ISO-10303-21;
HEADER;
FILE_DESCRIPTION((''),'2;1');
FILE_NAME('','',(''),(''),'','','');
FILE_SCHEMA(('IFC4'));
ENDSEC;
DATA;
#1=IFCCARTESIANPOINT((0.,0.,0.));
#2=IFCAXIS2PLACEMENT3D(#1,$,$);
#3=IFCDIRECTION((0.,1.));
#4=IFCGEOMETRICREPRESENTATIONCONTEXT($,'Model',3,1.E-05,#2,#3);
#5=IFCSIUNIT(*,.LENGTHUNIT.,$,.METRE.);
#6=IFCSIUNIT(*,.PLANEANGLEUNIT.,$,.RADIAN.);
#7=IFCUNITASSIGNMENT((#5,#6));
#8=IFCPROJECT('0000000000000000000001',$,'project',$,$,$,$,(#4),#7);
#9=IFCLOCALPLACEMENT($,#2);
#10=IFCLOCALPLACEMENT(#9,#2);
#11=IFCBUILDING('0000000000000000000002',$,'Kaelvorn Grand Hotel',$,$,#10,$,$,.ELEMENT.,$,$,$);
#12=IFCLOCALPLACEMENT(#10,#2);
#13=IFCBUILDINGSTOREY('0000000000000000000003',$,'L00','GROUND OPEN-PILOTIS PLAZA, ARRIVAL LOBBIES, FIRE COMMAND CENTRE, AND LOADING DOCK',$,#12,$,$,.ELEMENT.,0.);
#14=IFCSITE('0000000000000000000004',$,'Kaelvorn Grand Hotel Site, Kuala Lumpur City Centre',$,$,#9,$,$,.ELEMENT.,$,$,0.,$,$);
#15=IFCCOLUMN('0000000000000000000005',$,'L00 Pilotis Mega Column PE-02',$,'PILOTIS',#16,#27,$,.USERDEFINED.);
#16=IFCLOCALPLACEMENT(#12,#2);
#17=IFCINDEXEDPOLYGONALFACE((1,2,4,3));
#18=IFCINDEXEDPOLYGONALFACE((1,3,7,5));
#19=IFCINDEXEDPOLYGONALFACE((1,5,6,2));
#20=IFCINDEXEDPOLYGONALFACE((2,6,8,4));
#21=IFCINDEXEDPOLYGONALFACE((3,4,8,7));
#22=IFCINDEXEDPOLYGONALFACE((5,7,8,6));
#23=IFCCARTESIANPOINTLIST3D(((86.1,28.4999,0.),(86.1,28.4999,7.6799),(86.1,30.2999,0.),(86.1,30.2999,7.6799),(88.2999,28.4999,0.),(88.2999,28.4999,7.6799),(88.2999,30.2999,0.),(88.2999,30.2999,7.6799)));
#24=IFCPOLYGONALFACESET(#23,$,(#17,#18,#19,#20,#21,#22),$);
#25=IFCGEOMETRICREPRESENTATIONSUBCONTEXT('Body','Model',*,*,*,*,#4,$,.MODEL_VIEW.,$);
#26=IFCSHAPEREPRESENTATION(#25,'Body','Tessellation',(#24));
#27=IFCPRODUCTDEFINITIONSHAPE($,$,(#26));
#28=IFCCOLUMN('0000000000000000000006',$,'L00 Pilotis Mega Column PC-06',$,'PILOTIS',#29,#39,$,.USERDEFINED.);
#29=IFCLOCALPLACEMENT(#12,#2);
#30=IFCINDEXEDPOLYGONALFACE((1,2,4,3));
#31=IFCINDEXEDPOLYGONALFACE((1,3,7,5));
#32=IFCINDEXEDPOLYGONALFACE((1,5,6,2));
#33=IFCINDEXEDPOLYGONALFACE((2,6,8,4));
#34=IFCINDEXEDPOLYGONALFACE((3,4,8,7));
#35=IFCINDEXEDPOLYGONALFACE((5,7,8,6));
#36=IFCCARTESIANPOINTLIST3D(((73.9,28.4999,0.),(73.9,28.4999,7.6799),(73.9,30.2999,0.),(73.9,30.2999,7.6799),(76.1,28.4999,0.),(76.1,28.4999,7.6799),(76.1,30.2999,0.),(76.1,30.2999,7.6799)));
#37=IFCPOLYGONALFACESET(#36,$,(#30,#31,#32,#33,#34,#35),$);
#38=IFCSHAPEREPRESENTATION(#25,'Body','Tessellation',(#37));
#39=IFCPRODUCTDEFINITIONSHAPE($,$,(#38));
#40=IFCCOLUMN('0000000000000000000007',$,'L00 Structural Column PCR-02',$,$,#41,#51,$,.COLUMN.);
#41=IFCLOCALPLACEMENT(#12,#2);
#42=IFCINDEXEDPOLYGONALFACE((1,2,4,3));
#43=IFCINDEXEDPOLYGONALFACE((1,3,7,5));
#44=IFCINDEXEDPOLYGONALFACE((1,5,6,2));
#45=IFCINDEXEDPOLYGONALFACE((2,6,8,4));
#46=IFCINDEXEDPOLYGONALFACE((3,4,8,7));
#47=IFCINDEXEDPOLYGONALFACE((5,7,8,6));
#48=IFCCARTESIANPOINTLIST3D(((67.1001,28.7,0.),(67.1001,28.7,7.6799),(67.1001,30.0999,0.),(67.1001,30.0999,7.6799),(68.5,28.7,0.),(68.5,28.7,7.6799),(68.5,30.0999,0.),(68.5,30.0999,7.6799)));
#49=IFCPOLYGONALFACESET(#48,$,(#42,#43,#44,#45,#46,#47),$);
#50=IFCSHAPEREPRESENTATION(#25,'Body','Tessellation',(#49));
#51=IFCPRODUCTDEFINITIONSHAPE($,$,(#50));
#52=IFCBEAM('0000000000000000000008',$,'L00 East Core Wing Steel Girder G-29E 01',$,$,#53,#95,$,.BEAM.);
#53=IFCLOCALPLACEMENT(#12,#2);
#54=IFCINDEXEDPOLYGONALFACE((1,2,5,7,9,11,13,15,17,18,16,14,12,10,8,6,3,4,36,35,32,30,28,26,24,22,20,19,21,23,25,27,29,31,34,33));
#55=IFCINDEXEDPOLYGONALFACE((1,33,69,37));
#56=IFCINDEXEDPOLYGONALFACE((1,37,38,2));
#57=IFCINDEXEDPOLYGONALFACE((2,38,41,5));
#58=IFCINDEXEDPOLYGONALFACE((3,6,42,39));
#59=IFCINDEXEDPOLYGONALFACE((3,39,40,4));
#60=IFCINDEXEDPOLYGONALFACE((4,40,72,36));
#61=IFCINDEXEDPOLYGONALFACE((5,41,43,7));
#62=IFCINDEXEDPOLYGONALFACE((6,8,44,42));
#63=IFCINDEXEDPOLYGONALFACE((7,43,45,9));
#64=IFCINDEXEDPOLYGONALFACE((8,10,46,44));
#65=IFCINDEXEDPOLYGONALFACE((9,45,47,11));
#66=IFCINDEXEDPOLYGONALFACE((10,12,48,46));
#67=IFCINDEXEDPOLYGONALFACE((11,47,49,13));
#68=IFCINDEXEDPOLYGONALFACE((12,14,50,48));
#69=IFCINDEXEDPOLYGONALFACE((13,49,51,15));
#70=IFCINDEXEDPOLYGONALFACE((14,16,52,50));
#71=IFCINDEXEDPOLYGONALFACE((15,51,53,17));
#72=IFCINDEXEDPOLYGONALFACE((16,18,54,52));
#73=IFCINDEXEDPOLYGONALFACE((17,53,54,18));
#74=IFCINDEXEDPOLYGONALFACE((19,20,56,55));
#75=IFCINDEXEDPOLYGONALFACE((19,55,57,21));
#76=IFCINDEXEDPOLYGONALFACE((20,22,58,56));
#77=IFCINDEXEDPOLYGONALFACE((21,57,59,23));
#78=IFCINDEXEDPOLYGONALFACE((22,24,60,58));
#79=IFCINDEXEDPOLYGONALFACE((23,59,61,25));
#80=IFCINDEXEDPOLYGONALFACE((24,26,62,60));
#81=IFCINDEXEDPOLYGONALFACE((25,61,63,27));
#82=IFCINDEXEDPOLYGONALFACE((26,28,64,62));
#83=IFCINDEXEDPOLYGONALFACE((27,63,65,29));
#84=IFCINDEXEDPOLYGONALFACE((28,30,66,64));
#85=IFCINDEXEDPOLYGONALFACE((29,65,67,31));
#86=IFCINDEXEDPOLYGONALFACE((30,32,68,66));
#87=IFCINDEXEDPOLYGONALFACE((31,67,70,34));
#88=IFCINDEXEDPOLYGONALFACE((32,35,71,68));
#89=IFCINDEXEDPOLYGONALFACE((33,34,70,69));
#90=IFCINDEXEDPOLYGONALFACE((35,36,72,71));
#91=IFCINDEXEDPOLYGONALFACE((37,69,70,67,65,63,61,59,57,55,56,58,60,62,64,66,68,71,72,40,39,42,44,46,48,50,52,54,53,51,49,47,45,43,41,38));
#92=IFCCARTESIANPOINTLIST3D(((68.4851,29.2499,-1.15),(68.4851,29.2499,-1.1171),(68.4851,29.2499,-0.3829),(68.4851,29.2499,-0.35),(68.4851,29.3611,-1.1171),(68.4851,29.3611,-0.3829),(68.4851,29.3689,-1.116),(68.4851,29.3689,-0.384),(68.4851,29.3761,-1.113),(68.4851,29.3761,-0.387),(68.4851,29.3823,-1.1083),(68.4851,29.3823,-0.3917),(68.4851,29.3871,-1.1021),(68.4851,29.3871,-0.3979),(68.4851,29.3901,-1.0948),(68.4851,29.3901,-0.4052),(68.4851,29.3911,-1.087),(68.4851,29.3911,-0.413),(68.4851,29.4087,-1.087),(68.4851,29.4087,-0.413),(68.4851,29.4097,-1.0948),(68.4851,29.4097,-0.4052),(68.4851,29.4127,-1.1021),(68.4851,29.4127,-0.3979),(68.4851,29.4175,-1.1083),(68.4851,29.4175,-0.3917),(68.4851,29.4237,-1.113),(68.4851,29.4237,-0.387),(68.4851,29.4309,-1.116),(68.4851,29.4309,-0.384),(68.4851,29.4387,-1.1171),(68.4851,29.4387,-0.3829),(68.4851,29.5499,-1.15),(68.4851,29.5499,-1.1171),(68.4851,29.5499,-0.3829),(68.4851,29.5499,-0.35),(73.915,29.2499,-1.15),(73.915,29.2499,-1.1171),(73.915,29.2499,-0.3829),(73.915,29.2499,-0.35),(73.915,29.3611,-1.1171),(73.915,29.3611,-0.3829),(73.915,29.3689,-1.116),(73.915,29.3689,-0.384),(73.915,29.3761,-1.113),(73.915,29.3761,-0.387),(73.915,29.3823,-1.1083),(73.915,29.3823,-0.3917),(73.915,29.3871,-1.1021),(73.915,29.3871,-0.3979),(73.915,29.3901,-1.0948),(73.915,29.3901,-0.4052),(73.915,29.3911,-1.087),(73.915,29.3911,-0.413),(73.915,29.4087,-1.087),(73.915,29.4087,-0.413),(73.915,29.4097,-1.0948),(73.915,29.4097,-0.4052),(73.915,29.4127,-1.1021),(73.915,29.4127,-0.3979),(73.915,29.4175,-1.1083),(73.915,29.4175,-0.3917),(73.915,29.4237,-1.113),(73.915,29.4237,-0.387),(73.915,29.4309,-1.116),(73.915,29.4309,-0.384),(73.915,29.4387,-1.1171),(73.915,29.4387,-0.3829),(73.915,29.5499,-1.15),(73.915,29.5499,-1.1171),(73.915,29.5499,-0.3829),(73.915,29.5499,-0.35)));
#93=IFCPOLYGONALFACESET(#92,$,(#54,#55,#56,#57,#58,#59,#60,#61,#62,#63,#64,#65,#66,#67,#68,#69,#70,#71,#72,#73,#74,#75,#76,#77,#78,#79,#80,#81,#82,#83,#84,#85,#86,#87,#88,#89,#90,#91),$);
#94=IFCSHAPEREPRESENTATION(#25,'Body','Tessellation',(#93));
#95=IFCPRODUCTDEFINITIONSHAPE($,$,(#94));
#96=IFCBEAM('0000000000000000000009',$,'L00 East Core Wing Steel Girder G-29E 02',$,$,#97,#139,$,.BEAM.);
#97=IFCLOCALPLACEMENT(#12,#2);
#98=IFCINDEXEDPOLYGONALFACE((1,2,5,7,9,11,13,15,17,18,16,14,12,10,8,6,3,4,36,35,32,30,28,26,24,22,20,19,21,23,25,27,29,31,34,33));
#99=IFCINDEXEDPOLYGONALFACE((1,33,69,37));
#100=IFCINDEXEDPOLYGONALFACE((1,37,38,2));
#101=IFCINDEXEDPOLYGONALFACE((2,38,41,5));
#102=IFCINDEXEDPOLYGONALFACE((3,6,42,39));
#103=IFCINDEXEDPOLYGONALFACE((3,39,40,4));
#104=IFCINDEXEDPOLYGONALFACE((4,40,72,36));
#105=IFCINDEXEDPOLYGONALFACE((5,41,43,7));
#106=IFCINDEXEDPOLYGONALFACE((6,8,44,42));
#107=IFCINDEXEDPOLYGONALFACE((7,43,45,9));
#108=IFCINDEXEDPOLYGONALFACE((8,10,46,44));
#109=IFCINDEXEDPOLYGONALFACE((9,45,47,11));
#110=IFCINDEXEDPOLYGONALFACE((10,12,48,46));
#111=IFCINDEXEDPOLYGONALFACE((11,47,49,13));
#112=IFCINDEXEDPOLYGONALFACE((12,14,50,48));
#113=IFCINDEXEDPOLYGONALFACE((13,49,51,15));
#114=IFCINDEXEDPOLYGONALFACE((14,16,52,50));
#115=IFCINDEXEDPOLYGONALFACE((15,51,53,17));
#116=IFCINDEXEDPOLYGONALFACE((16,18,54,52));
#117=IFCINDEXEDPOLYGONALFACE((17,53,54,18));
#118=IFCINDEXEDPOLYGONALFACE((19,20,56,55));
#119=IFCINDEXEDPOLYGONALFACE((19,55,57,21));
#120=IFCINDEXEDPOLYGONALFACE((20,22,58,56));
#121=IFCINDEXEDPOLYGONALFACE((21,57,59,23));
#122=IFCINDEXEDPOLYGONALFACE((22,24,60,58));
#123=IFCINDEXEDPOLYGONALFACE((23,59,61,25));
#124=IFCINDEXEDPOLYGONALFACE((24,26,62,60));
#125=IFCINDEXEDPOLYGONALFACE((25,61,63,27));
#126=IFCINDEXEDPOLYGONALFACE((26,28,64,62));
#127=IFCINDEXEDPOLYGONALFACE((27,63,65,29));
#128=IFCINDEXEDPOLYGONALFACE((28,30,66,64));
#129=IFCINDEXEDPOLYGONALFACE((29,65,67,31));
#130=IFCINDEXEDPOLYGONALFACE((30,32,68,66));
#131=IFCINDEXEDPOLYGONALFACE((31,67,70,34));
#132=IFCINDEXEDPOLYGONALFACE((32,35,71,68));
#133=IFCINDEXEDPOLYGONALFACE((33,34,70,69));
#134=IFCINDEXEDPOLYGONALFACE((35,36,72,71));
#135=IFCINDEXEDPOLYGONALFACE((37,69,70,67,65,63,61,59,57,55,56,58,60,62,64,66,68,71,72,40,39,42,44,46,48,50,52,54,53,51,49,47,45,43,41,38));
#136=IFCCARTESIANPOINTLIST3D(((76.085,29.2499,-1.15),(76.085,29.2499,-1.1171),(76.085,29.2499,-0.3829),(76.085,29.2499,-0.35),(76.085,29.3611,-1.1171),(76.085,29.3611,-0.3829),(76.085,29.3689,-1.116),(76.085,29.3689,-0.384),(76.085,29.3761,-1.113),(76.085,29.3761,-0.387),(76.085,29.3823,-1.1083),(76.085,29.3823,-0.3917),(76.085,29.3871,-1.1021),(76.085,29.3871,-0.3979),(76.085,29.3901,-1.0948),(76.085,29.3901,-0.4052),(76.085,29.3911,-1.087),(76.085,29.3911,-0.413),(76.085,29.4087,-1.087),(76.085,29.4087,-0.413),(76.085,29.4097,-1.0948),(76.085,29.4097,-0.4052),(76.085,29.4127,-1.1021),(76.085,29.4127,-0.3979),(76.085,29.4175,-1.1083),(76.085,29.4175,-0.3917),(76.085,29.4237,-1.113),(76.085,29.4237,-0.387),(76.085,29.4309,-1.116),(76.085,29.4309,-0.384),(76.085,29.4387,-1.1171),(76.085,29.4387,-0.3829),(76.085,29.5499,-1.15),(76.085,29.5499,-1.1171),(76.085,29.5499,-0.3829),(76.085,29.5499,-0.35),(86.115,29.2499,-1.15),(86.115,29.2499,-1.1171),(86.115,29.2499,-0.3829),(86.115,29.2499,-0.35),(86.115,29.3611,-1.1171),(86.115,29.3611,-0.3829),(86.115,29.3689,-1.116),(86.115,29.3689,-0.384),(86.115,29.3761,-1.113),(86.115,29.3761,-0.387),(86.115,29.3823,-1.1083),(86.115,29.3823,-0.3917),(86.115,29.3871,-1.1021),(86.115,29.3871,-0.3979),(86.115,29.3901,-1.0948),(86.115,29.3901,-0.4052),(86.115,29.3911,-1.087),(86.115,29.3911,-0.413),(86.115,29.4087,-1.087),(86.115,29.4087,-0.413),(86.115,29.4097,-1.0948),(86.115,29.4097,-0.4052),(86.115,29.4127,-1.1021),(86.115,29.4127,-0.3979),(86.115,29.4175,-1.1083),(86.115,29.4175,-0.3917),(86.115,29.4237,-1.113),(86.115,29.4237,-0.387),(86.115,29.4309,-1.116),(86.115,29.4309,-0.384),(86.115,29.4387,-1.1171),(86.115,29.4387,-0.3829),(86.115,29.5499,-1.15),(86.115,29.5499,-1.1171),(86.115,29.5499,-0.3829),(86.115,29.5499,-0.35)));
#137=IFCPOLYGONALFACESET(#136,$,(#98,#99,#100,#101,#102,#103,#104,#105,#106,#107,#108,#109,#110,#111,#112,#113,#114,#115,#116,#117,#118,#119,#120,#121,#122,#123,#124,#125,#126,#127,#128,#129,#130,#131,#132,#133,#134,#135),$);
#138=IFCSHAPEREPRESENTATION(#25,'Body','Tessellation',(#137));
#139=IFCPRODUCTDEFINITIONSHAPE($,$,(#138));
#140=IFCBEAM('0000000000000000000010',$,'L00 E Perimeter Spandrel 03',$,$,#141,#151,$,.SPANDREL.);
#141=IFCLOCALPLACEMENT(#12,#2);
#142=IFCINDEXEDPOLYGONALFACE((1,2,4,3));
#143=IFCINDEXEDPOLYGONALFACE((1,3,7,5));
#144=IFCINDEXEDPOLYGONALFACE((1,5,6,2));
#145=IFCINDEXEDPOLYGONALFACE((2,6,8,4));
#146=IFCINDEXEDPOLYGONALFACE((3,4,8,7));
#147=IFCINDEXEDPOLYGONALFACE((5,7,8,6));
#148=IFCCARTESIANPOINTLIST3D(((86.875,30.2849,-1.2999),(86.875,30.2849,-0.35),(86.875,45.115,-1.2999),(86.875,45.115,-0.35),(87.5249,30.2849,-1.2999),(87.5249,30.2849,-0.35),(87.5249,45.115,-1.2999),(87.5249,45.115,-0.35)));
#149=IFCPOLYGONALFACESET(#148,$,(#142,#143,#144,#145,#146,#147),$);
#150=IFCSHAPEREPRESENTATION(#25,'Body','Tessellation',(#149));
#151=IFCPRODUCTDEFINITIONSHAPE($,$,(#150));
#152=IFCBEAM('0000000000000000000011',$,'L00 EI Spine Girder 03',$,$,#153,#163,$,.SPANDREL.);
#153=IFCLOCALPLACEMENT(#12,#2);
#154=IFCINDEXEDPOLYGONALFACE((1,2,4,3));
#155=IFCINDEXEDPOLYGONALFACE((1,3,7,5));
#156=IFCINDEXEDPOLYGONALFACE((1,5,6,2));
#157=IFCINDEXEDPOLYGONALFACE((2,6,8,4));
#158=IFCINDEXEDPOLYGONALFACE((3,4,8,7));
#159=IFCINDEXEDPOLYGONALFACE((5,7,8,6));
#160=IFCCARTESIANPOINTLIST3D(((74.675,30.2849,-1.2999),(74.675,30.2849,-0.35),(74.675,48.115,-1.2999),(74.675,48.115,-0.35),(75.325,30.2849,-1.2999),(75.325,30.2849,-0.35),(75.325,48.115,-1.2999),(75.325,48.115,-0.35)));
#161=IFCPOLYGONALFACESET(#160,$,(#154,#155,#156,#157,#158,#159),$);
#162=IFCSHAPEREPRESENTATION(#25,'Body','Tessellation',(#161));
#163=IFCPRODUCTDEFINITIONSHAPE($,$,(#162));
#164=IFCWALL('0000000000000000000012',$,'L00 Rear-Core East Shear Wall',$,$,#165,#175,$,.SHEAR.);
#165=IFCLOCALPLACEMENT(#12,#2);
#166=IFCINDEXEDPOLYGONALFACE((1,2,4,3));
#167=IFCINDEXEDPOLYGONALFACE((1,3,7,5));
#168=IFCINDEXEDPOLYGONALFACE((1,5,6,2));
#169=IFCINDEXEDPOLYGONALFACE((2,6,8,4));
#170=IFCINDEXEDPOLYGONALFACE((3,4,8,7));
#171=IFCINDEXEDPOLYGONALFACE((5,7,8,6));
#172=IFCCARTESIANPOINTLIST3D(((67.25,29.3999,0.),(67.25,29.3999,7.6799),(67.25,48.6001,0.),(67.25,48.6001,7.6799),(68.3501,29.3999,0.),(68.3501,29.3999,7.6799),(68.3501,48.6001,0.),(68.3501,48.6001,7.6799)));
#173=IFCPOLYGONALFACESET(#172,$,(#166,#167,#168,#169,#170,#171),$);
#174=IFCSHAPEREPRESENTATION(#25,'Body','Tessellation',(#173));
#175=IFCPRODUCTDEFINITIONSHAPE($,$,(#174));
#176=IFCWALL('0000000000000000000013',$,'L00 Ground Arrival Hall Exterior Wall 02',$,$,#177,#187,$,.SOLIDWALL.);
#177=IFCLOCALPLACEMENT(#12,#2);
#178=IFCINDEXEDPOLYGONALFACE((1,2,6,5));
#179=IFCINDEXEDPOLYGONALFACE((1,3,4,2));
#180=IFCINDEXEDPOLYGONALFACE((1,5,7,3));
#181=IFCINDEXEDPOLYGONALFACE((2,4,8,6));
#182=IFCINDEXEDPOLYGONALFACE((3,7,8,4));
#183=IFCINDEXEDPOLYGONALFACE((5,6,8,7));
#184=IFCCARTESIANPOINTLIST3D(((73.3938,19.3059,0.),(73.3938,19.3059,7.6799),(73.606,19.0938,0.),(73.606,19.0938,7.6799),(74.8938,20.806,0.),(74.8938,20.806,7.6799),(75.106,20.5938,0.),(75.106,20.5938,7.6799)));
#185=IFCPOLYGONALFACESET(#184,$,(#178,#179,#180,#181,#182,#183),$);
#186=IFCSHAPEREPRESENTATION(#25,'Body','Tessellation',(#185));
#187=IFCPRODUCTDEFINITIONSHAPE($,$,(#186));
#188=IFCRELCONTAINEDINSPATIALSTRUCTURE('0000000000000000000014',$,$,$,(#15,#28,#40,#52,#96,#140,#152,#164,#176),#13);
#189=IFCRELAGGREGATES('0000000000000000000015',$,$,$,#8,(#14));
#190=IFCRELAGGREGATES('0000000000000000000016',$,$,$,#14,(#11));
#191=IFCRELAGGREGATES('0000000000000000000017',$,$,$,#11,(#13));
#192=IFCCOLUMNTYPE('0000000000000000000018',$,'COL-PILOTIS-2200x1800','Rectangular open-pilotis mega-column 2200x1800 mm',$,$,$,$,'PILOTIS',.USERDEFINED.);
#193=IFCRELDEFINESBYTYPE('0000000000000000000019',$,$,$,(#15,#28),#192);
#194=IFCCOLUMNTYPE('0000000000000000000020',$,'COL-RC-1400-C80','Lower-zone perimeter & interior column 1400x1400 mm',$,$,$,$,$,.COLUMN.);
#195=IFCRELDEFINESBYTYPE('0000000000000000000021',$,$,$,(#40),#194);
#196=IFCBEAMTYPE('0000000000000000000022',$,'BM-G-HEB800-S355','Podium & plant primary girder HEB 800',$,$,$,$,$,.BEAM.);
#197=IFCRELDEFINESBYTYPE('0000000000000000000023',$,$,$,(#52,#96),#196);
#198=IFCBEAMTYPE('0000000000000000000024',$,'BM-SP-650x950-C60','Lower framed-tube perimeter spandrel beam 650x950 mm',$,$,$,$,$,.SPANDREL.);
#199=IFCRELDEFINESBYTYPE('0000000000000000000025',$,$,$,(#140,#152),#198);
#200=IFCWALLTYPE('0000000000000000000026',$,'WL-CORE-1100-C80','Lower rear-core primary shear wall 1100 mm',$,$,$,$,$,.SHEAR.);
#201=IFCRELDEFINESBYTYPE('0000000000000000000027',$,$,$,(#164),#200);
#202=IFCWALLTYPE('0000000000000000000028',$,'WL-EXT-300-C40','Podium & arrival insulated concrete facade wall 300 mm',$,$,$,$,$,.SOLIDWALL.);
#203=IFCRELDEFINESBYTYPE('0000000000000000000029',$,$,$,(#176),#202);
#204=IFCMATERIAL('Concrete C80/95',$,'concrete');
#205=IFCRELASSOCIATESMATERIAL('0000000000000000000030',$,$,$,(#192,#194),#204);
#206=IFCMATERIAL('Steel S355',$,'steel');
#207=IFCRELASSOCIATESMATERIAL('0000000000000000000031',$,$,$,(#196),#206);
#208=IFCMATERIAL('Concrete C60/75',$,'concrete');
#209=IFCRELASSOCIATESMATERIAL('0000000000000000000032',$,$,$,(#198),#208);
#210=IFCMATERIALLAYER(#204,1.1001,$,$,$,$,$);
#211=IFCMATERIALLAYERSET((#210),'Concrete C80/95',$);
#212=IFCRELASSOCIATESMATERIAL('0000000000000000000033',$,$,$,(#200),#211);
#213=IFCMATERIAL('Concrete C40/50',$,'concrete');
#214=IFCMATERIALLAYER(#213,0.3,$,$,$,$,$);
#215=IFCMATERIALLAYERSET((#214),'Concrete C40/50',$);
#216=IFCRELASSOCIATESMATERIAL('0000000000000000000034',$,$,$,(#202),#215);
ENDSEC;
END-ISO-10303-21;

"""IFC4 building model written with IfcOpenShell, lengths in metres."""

from ifc_helpers import new_model, si_unit, direction, frame, frame_2d, origin, origin_2d, place, context, subcontext, project, spatial, rectangle, i_section, extrude, material, layer, layer_set, material_profile, profile_set, type_object, element, save


model = new_model("IFC4")

# Units and contexts
model_context = context("Model", 3, precision=1e-05, world=origin(), true_north=direction((0.0, 1.0)))
body_context = subcontext(model_context, "Body", "Model", "MODEL_VIEW")
ifc_project = project(units=[si_unit("LENGTHUNIT", "METRE"), si_unit("PLANEANGLEUNIT", "RADIAN")], contexts=[model_context])

# Site, building, storey
site_placement = place(None, origin())
site = spatial("IfcSite", under=ifc_project, at=site_placement, Name="Kaelvorn Grand Hotel Site, Kuala Lumpur City Centre", CompositionType="ELEMENT", RefElevation=0.0)
building_placement = place(site_placement, origin())
building = spatial("IfcBuilding", under=site, at=building_placement, Name="Kaelvorn Grand Hotel", CompositionType="ELEMENT")
storey_placement = place(building_placement, origin())
storey = spatial("IfcBuildingStorey", under=building, at=storey_placement, Name="L00", Description="GROUND OPEN-PILOTIS PLAZA, ARRIVAL LOBBIES, FIRE COMMAND CENTRE, AND LOADING DOCK", CompositionType="ELEMENT", Elevation=0.0)

# Columns
ifc_material_1 = material(Name="Concrete C80/95", Category="concrete")
ifc_material_profile_1 = material_profile(ifc_material_1, rectangle(XDim=2.2, YDim=1.8, at=origin_2d()), Name="PILOTIS 2200x1800")
ifc_profile_set_1 = profile_set([ifc_material_profile_1], Name="Concrete C80/95")
column_type_1 = type_object("IfcColumnType", Name="COL-PILOTIS-2200x1800", Description="Rectangular open-pilotis mega-column 2200x1800 mm", ElementType="PILOTIS", PredefinedType="USERDEFINED", material=ifc_profile_set_1)
for number, where, z_axis, x_axis, name in (
    (1, (87.2, 29.3999, 0.0), (0.0, 0.0, 1.0), (1.0, 0.0, 0.0), "L00 Pilotis Mega Column PE-02"),
    (2, (75.0, 29.3999, 0.0), (0.0, 0.0, 1.0), (1.0, 0.0, 0.0), "L00 Pilotis Mega Column PC-06"),
):
    element("IfcColumn", number, at=place(storey_placement, frame(where, z_axis=z_axis, x_axis=x_axis)), inside=storey, type_object=column_type_1, Name=name, ObjectType="PILOTIS", PredefinedType="USERDEFINED", context=body_context, shape_type="SweptSolid", body=[
        extrude(rectangle(XDim=2.2, YDim=1.8, at=origin_2d()), origin(), (0.0, 0.0, 1.0), 7.6799),
    ])
ifc_material_profile_2 = material_profile(ifc_material_1, rectangle(XDim=1.3999, YDim=1.3999, at=origin_2d()), Name="RC COL 1400x1400")
ifc_profile_set_2 = profile_set([ifc_material_profile_2], Name="Concrete C80/95")
column_type_2 = type_object("IfcColumnType", Name="COL-RC-1400-C80", Description="Lower-zone perimeter & interior column 1400x1400 mm", PredefinedType="COLUMN", material=ifc_profile_set_2)
column_placement = place(storey_placement, frame((67.8, 29.3999, 0.0), z_axis=(0.0, 0.0, 1.0), x_axis=(1.0, 0.0, 0.0)))
element("IfcColumn", 3, at=column_placement, inside=storey, type_object=column_type_2, Name="L00 Structural Column PCR-02", PredefinedType="COLUMN", context=body_context, shape_type="SweptSolid", body=[
    extrude(rectangle(XDim=1.3999, YDim=1.3999, at=origin_2d()), origin(), (0.0, 0.0, 1.0), 7.6799),
])

# Beams
ifc_material_2 = material(Name="Steel S355", Category="steel")
ifc_material_profile_3 = material_profile(ifc_material_2, i_section(OverallWidth=0.3, OverallDepth=0.8, WebThickness=0.0176, FlangeThickness=0.033, FilletRadius=0.03, at=origin_2d()), Name="HEB 800")
ifc_profile_set_3 = profile_set([ifc_material_profile_3], Name="Steel S355")
beam_type_1 = type_object("IfcBeamType", Name="BM-G-HEB800-S355", Description="Podium & plant primary girder HEB 800", PredefinedType="BEAM", material=ifc_profile_set_3)
beam_1_placement = place(storey_placement, frame((68.4851, 29.3999, -0.75), z_axis=(1.0, 0.0, 0.0), x_axis=(0.0, 1.0, 0.0)))
element("IfcBeam", 4, at=beam_1_placement, inside=storey, type_object=beam_type_1, Name="L00 East Core Wing Steel Girder G-29E 01", PredefinedType="BEAM", context=body_context, shape_type="SweptSolid", body=[
    extrude(i_section(OverallWidth=0.3, OverallDepth=0.8, WebThickness=0.0176, FlangeThickness=0.033, FilletRadius=0.03, at=origin_2d()), origin(), (0.0, 0.0, 1.0), 5.4299),
])
beam_2_placement = place(storey_placement, frame((76.085, 29.3999, -0.75), z_axis=(1.0, 0.0, 0.0), x_axis=(0.0, 1.0, 0.0)))
element("IfcBeam", 5, at=beam_2_placement, inside=storey, type_object=beam_type_1, Name="L00 East Core Wing Steel Girder G-29E 02", PredefinedType="BEAM", context=body_context, shape_type="SweptSolid", body=[
    extrude(i_section(OverallWidth=0.3, OverallDepth=0.8, WebThickness=0.0176, FlangeThickness=0.033, FilletRadius=0.03, at=origin_2d()), origin(), (0.0, 0.0, 1.0), 10.03),
])
ifc_material_3 = material(Name="Concrete C60/75", Category="concrete")
ifc_material_profile_4 = material_profile(ifc_material_3, rectangle(XDim=0.6499, YDim=0.95, at=origin_2d()), Name="RC SPANDREL 650x950")
ifc_profile_set_4 = profile_set([ifc_material_profile_4], Name="Concrete C60/75")
beam_type_2 = type_object("IfcBeamType", Name="BM-SP-650x950-C60", Description="Lower framed-tube perimeter spandrel beam 650x950 mm", PredefinedType="SPANDREL", material=ifc_profile_set_4)
beam_3_placement = place(storey_placement, frame((87.2, 30.2849, -0.825), z_axis=(0.0, 1.0, 0.0), x_axis=(-1.0, 0.0, 0.0)))
element("IfcBeam", 6, at=beam_3_placement, inside=storey, type_object=beam_type_2, Name="L00 E Perimeter Spandrel 03", PredefinedType="SPANDREL", context=body_context, shape_type="SweptSolid", body=[
    extrude(rectangle(XDim=0.6499, YDim=0.95, at=origin_2d()), origin(), (0.0, 0.0, 1.0), 14.8301),
])
beam_4_placement = place(storey_placement, frame((75.0, 30.2849, -0.825), z_axis=(0.0, 1.0, 0.0), x_axis=(-1.0, 0.0, 0.0)))
element("IfcBeam", 7, at=beam_4_placement, inside=storey, type_object=beam_type_2, Name="L00 EI Spine Girder 03", PredefinedType="SPANDREL", context=body_context, shape_type="SweptSolid", body=[
    extrude(rectangle(XDim=0.6499, YDim=0.95, at=origin_2d()), origin(), (0.0, 0.0, 1.0), 17.8301),
])

# Wall
ifc_layer_1 = layer(ifc_material_1, 1.1001)
ifc_layer_set_1 = layer_set([ifc_layer_1], Name="Concrete C80/95")
wall_type_1 = type_object("IfcWallType", Name="WL-CORE-1100-C80", Description="Lower rear-core primary shear wall 1100 mm", PredefinedType="SHEAR", material=ifc_layer_set_1)
wall_1_placement = place(storey_placement, frame((67.8, 29.3999, 0.0), z_axis=(0.0, 0.0, 1.0), x_axis=(0.0, 1.0, 0.0)))
element("IfcWall", 8, at=wall_1_placement, inside=storey, type_object=wall_type_1, Name="L00 Rear-Core East Shear Wall", PredefinedType="SHEAR", context=body_context, shape_type="SweptSolid", body=[
    extrude(rectangle(XDim=19.2002, YDim=1.1001, at=frame_2d((9.6001, 0.0))), origin(), (0.0, 0.0, 1.0), 7.6799),
])

# Shared definitions
ifc_material_4 = material(Name="Concrete C40/50", Category="concrete")
ifc_layer_2 = layer(ifc_material_4, 0.3)
ifc_layer_set_2 = layer_set([ifc_layer_2], Name="Concrete C40/50")
wall_type_2 = type_object("IfcWallType", Name="WL-EXT-300-C40", Description="Podium & arrival insulated concrete facade wall 300 mm", PredefinedType="SOLIDWALL", material=ifc_layer_set_2)

# Wall
wall_2_placement = place(storey_placement, frame((73.5, 19.2, 0.0), z_axis=(0.0, 0.0, 1.0), x_axis=(0.707107, 0.707107, 0.0)))
element("IfcWall", 9, at=wall_2_placement, inside=storey, type_object=wall_type_2, Name="L00 Ground Arrival Hall Exterior Wall 02", PredefinedType="SOLIDWALL", context=body_context, shape_type="SweptSolid", body=[
    extrude(rectangle(XDim=2.1213, YDim=0.3, at=frame_2d((1.0605, 0.0))), origin(), (0.0, 0.0, 1.0), 7.6799),
])

save(model, "model.ifc")
